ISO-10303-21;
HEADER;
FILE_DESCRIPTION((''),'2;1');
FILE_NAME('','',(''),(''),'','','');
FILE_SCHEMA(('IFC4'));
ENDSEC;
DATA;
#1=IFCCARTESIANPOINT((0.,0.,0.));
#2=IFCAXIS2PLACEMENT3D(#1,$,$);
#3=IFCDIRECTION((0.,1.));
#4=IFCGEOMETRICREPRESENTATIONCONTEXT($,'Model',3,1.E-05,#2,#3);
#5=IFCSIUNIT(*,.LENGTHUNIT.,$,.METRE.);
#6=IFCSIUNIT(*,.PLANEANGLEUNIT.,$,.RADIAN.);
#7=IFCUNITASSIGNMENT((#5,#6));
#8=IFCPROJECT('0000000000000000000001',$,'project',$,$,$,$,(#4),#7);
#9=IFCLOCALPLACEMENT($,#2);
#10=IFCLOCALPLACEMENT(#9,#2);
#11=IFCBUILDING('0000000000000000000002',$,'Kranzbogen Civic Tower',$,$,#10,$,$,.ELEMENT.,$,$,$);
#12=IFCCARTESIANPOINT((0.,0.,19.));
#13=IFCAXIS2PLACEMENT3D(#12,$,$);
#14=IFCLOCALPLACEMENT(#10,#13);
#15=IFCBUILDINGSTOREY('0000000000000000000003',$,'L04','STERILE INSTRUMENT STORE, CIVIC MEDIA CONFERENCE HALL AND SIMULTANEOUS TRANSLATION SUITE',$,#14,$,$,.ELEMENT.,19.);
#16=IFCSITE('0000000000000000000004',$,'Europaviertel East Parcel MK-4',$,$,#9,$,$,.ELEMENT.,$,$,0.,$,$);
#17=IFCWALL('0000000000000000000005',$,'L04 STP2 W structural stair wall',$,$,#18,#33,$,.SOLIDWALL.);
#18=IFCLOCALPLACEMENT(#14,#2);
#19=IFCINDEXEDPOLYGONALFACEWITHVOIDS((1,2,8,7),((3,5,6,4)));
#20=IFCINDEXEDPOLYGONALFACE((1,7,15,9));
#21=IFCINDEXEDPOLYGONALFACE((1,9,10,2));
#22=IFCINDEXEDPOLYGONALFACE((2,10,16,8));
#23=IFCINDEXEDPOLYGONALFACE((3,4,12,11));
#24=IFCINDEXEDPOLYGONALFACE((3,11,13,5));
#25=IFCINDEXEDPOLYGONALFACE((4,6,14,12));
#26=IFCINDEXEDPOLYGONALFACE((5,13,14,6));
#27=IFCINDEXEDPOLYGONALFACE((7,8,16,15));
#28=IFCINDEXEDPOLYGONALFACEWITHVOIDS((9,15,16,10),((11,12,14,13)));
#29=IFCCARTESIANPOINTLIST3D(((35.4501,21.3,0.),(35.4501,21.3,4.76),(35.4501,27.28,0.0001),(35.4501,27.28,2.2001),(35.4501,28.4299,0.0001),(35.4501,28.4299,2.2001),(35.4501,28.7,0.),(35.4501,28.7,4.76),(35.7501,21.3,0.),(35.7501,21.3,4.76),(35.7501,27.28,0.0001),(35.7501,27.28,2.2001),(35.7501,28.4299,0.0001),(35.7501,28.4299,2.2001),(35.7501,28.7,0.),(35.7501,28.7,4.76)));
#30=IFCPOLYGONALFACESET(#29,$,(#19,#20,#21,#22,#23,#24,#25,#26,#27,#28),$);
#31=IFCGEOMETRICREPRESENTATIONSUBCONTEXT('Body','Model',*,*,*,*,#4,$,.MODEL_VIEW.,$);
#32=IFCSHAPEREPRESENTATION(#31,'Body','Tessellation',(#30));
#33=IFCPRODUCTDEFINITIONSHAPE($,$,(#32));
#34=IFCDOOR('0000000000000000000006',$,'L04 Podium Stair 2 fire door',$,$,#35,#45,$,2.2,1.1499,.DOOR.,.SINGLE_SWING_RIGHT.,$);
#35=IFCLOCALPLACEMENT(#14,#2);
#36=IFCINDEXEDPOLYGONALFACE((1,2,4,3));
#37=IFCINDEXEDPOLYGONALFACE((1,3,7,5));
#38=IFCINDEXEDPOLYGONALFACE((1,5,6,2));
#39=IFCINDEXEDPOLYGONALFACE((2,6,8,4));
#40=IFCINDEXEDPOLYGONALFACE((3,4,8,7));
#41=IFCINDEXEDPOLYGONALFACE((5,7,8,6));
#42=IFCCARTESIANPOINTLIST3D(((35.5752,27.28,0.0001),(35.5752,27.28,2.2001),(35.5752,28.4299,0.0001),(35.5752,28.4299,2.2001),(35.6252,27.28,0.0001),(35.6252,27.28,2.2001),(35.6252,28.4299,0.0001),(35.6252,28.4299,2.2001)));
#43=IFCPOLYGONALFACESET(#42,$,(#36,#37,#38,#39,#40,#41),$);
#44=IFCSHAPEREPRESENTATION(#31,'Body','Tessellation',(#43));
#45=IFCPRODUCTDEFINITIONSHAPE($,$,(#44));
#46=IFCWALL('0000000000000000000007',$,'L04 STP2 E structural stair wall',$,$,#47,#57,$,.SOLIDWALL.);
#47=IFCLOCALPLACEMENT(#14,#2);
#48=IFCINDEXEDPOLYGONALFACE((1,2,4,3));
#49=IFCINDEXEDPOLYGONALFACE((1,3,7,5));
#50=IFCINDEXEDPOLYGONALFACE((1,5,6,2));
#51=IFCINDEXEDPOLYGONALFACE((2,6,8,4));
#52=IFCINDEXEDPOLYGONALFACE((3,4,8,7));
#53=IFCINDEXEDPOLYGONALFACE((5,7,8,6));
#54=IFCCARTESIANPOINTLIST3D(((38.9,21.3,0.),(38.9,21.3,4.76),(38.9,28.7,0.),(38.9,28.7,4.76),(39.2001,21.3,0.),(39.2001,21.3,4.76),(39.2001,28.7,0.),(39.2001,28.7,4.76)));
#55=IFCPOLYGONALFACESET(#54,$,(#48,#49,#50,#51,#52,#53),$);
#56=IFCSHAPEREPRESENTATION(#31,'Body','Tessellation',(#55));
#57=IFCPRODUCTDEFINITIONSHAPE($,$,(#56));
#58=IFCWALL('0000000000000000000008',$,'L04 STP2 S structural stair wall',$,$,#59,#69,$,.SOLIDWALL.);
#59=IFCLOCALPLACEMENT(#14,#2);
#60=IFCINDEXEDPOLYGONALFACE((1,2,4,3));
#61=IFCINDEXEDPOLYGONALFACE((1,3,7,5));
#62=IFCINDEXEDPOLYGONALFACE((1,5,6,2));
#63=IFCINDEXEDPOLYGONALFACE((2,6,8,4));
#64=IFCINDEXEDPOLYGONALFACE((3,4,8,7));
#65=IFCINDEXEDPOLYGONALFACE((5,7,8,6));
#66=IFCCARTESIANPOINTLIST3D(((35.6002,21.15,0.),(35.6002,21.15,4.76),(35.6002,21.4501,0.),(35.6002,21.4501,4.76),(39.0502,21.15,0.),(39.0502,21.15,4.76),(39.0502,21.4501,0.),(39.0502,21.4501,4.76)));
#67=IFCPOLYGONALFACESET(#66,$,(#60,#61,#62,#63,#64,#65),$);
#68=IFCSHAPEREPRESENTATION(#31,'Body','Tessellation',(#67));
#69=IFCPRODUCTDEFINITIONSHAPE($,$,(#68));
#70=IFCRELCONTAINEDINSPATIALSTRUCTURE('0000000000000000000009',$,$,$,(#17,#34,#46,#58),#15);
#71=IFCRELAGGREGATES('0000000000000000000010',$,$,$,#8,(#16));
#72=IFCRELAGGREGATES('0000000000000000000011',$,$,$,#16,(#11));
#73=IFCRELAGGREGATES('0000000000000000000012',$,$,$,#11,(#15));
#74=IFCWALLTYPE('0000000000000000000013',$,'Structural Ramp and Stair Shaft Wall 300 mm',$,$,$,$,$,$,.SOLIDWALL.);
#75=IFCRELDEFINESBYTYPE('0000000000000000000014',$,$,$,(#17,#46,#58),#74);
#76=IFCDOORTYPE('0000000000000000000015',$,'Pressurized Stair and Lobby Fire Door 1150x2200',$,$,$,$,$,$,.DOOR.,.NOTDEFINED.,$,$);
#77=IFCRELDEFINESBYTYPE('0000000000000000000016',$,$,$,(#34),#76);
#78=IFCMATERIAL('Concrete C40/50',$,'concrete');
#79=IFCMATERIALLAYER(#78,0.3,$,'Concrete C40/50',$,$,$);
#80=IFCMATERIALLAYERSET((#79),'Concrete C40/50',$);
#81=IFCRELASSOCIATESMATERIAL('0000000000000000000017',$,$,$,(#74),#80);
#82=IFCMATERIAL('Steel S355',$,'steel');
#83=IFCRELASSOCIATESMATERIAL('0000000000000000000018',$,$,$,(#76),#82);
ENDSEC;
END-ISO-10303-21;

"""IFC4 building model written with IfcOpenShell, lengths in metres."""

from ifc_helpers import new_model, si_unit, direction, frame, frame_2d, origin, place, context, subcontext, project, spatial, rectangle, extrude, material, layer, layer_set, type_object, element, fill, save


model = new_model("IFC4")

# Units and contexts
model_context = context("Model", 3, precision=1e-05, world=origin(), true_north=direction((0.0, 1.0)))
body_context = subcontext(model_context, "Body", "Model", "MODEL_VIEW")
ifc_project = project(units=[si_unit("LENGTHUNIT", "METRE"), si_unit("PLANEANGLEUNIT", "RADIAN")], contexts=[model_context])

# Site, building, storey
site_placement = place(None, origin())
site = spatial("IfcSite", under=ifc_project, at=site_placement, Name="Europaviertel East Parcel MK-4", CompositionType="ELEMENT", RefElevation=0.0)
building_placement = place(site_placement, origin())
building = spatial("IfcBuilding", under=site, at=building_placement, Name="Kranzbogen Civic Tower", CompositionType="ELEMENT")
storey_placement = place(building_placement, frame((0.0, 0.0, 19.0)))
storey = spatial("IfcBuildingStorey", under=building, at=storey_placement, Name="L04", Description="STERILE INSTRUMENT STORE, CIVIC MEDIA CONFERENCE HALL AND SIMULTANEOUS TRANSLATION SUITE", CompositionType="ELEMENT", Elevation=19.0)

# Wall, opening, door
ifc_material_1 = material(Name="Concrete C40/50", Category="concrete")
ifc_layer_1 = layer(ifc_material_1, 0.3, Name="Concrete C40/50")
ifc_layer_set_1 = layer_set([ifc_layer_1], Name="Concrete C40/50")
wall_type_1 = type_object("IfcWallType", Name="Structural Ramp and Stair Shaft Wall 300 mm", PredefinedType="SOLIDWALL", material=ifc_layer_set_1)
wall_1_placement = place(storey_placement, frame((35.6001, 21.3, 0.0), z_axis=(0.0, 0.0, 1.0), x_axis=(0.0, 1.0, 0.0)))
wall_1 = element("IfcWall", 1, at=wall_1_placement, inside=storey, type_object=wall_type_1, Name="L04 STP2 W structural stair wall", PredefinedType="SOLIDWALL", context=body_context, shape_type="SweptSolid", body=[
    extrude(rectangle(XDim=7.3999, YDim=0.3, at=frame_2d((3.7, 0.0))), origin(), (0.0, 0.0, 1.0), 4.76),
])
opening_1_placement = place(wall_1_placement, frame((5.98, 0.0, 0.0)))
opening_1 = element("IfcOpeningElement", 2, at=opening_1_placement, cuts=wall_1, PredefinedType="OPENING", context=body_context, shape_type="SweptSolid", body=[
    extrude(rectangle(XDim=1.1499, YDim=2.2, at=frame_2d((0.575, 1.1001))), frame((0.0, 0.1602, 0.0), z_axis=(0.0, -1.0, 0.0), x_axis=(1.0, 0.0, 0.0)), (0.0, 0.0, 1.0), 0.3201),
])
ifc_material_2 = material(Name="Steel S355", Category="steel")
door_type_1 = type_object("IfcDoorType", Name="Pressurized Stair and Lobby Fire Door 1150x2200", OperationType="NOTDEFINED", PredefinedType="DOOR", material=ifc_material_2)
door_1_placement = place(opening_1_placement, origin())
door_1 = element("IfcDoor", 3, at=door_1_placement, inside=storey, type_object=door_type_1, Name="L04 Podium Stair 2 fire door", OperationType="SINGLE_SWING_RIGHT", OverallHeight=2.2, OverallWidth=1.1499, PredefinedType="DOOR", context=body_context, shape_type="SweptSolid", body=[
    extrude(rectangle(XDim=1.1499, YDim=2.2, at=frame_2d((0.575, 1.1001))), frame((0.0, 0.0249, 0.0), z_axis=(0.0, -1.0, 0.0), x_axis=(1.0, 0.0, 0.0)), (0.0, 0.0, 1.0), 0.05),
])
fill(opening_1, door_1)

# Walls
wall_2_placement = place(storey_placement, frame((39.05, 21.3, 0.0), z_axis=(0.0, 0.0, 1.0), x_axis=(0.0, 1.0, 0.0)))
element("IfcWall", 4, at=wall_2_placement, inside=storey, type_object=wall_type_1, Name="L04 STP2 E structural stair wall", PredefinedType="SOLIDWALL", context=body_context, shape_type="SweptSolid", body=[
    extrude(rectangle(XDim=7.3999, YDim=0.3, at=frame_2d((3.7, 0.0))), origin(), (0.0, 0.0, 1.0), 4.76),
])
wall_3_placement = place(storey_placement, frame((35.6001, 21.3, 0.0), z_axis=(0.0, 0.0, 1.0), x_axis=(1.0, 0.0, 0.0)))
element("IfcWall", 5, at=wall_3_placement, inside=storey, type_object=wall_type_1, Name="L04 STP2 S structural stair wall", PredefinedType="SOLIDWALL", context=body_context, shape_type="SweptSolid", body=[
    extrude(rectangle(XDim=3.45, YDim=0.3, at=frame_2d((1.7251, 0.0))), origin(), (0.0, 0.0, 1.0), 4.76),
])

save(model, "model.ifc")
